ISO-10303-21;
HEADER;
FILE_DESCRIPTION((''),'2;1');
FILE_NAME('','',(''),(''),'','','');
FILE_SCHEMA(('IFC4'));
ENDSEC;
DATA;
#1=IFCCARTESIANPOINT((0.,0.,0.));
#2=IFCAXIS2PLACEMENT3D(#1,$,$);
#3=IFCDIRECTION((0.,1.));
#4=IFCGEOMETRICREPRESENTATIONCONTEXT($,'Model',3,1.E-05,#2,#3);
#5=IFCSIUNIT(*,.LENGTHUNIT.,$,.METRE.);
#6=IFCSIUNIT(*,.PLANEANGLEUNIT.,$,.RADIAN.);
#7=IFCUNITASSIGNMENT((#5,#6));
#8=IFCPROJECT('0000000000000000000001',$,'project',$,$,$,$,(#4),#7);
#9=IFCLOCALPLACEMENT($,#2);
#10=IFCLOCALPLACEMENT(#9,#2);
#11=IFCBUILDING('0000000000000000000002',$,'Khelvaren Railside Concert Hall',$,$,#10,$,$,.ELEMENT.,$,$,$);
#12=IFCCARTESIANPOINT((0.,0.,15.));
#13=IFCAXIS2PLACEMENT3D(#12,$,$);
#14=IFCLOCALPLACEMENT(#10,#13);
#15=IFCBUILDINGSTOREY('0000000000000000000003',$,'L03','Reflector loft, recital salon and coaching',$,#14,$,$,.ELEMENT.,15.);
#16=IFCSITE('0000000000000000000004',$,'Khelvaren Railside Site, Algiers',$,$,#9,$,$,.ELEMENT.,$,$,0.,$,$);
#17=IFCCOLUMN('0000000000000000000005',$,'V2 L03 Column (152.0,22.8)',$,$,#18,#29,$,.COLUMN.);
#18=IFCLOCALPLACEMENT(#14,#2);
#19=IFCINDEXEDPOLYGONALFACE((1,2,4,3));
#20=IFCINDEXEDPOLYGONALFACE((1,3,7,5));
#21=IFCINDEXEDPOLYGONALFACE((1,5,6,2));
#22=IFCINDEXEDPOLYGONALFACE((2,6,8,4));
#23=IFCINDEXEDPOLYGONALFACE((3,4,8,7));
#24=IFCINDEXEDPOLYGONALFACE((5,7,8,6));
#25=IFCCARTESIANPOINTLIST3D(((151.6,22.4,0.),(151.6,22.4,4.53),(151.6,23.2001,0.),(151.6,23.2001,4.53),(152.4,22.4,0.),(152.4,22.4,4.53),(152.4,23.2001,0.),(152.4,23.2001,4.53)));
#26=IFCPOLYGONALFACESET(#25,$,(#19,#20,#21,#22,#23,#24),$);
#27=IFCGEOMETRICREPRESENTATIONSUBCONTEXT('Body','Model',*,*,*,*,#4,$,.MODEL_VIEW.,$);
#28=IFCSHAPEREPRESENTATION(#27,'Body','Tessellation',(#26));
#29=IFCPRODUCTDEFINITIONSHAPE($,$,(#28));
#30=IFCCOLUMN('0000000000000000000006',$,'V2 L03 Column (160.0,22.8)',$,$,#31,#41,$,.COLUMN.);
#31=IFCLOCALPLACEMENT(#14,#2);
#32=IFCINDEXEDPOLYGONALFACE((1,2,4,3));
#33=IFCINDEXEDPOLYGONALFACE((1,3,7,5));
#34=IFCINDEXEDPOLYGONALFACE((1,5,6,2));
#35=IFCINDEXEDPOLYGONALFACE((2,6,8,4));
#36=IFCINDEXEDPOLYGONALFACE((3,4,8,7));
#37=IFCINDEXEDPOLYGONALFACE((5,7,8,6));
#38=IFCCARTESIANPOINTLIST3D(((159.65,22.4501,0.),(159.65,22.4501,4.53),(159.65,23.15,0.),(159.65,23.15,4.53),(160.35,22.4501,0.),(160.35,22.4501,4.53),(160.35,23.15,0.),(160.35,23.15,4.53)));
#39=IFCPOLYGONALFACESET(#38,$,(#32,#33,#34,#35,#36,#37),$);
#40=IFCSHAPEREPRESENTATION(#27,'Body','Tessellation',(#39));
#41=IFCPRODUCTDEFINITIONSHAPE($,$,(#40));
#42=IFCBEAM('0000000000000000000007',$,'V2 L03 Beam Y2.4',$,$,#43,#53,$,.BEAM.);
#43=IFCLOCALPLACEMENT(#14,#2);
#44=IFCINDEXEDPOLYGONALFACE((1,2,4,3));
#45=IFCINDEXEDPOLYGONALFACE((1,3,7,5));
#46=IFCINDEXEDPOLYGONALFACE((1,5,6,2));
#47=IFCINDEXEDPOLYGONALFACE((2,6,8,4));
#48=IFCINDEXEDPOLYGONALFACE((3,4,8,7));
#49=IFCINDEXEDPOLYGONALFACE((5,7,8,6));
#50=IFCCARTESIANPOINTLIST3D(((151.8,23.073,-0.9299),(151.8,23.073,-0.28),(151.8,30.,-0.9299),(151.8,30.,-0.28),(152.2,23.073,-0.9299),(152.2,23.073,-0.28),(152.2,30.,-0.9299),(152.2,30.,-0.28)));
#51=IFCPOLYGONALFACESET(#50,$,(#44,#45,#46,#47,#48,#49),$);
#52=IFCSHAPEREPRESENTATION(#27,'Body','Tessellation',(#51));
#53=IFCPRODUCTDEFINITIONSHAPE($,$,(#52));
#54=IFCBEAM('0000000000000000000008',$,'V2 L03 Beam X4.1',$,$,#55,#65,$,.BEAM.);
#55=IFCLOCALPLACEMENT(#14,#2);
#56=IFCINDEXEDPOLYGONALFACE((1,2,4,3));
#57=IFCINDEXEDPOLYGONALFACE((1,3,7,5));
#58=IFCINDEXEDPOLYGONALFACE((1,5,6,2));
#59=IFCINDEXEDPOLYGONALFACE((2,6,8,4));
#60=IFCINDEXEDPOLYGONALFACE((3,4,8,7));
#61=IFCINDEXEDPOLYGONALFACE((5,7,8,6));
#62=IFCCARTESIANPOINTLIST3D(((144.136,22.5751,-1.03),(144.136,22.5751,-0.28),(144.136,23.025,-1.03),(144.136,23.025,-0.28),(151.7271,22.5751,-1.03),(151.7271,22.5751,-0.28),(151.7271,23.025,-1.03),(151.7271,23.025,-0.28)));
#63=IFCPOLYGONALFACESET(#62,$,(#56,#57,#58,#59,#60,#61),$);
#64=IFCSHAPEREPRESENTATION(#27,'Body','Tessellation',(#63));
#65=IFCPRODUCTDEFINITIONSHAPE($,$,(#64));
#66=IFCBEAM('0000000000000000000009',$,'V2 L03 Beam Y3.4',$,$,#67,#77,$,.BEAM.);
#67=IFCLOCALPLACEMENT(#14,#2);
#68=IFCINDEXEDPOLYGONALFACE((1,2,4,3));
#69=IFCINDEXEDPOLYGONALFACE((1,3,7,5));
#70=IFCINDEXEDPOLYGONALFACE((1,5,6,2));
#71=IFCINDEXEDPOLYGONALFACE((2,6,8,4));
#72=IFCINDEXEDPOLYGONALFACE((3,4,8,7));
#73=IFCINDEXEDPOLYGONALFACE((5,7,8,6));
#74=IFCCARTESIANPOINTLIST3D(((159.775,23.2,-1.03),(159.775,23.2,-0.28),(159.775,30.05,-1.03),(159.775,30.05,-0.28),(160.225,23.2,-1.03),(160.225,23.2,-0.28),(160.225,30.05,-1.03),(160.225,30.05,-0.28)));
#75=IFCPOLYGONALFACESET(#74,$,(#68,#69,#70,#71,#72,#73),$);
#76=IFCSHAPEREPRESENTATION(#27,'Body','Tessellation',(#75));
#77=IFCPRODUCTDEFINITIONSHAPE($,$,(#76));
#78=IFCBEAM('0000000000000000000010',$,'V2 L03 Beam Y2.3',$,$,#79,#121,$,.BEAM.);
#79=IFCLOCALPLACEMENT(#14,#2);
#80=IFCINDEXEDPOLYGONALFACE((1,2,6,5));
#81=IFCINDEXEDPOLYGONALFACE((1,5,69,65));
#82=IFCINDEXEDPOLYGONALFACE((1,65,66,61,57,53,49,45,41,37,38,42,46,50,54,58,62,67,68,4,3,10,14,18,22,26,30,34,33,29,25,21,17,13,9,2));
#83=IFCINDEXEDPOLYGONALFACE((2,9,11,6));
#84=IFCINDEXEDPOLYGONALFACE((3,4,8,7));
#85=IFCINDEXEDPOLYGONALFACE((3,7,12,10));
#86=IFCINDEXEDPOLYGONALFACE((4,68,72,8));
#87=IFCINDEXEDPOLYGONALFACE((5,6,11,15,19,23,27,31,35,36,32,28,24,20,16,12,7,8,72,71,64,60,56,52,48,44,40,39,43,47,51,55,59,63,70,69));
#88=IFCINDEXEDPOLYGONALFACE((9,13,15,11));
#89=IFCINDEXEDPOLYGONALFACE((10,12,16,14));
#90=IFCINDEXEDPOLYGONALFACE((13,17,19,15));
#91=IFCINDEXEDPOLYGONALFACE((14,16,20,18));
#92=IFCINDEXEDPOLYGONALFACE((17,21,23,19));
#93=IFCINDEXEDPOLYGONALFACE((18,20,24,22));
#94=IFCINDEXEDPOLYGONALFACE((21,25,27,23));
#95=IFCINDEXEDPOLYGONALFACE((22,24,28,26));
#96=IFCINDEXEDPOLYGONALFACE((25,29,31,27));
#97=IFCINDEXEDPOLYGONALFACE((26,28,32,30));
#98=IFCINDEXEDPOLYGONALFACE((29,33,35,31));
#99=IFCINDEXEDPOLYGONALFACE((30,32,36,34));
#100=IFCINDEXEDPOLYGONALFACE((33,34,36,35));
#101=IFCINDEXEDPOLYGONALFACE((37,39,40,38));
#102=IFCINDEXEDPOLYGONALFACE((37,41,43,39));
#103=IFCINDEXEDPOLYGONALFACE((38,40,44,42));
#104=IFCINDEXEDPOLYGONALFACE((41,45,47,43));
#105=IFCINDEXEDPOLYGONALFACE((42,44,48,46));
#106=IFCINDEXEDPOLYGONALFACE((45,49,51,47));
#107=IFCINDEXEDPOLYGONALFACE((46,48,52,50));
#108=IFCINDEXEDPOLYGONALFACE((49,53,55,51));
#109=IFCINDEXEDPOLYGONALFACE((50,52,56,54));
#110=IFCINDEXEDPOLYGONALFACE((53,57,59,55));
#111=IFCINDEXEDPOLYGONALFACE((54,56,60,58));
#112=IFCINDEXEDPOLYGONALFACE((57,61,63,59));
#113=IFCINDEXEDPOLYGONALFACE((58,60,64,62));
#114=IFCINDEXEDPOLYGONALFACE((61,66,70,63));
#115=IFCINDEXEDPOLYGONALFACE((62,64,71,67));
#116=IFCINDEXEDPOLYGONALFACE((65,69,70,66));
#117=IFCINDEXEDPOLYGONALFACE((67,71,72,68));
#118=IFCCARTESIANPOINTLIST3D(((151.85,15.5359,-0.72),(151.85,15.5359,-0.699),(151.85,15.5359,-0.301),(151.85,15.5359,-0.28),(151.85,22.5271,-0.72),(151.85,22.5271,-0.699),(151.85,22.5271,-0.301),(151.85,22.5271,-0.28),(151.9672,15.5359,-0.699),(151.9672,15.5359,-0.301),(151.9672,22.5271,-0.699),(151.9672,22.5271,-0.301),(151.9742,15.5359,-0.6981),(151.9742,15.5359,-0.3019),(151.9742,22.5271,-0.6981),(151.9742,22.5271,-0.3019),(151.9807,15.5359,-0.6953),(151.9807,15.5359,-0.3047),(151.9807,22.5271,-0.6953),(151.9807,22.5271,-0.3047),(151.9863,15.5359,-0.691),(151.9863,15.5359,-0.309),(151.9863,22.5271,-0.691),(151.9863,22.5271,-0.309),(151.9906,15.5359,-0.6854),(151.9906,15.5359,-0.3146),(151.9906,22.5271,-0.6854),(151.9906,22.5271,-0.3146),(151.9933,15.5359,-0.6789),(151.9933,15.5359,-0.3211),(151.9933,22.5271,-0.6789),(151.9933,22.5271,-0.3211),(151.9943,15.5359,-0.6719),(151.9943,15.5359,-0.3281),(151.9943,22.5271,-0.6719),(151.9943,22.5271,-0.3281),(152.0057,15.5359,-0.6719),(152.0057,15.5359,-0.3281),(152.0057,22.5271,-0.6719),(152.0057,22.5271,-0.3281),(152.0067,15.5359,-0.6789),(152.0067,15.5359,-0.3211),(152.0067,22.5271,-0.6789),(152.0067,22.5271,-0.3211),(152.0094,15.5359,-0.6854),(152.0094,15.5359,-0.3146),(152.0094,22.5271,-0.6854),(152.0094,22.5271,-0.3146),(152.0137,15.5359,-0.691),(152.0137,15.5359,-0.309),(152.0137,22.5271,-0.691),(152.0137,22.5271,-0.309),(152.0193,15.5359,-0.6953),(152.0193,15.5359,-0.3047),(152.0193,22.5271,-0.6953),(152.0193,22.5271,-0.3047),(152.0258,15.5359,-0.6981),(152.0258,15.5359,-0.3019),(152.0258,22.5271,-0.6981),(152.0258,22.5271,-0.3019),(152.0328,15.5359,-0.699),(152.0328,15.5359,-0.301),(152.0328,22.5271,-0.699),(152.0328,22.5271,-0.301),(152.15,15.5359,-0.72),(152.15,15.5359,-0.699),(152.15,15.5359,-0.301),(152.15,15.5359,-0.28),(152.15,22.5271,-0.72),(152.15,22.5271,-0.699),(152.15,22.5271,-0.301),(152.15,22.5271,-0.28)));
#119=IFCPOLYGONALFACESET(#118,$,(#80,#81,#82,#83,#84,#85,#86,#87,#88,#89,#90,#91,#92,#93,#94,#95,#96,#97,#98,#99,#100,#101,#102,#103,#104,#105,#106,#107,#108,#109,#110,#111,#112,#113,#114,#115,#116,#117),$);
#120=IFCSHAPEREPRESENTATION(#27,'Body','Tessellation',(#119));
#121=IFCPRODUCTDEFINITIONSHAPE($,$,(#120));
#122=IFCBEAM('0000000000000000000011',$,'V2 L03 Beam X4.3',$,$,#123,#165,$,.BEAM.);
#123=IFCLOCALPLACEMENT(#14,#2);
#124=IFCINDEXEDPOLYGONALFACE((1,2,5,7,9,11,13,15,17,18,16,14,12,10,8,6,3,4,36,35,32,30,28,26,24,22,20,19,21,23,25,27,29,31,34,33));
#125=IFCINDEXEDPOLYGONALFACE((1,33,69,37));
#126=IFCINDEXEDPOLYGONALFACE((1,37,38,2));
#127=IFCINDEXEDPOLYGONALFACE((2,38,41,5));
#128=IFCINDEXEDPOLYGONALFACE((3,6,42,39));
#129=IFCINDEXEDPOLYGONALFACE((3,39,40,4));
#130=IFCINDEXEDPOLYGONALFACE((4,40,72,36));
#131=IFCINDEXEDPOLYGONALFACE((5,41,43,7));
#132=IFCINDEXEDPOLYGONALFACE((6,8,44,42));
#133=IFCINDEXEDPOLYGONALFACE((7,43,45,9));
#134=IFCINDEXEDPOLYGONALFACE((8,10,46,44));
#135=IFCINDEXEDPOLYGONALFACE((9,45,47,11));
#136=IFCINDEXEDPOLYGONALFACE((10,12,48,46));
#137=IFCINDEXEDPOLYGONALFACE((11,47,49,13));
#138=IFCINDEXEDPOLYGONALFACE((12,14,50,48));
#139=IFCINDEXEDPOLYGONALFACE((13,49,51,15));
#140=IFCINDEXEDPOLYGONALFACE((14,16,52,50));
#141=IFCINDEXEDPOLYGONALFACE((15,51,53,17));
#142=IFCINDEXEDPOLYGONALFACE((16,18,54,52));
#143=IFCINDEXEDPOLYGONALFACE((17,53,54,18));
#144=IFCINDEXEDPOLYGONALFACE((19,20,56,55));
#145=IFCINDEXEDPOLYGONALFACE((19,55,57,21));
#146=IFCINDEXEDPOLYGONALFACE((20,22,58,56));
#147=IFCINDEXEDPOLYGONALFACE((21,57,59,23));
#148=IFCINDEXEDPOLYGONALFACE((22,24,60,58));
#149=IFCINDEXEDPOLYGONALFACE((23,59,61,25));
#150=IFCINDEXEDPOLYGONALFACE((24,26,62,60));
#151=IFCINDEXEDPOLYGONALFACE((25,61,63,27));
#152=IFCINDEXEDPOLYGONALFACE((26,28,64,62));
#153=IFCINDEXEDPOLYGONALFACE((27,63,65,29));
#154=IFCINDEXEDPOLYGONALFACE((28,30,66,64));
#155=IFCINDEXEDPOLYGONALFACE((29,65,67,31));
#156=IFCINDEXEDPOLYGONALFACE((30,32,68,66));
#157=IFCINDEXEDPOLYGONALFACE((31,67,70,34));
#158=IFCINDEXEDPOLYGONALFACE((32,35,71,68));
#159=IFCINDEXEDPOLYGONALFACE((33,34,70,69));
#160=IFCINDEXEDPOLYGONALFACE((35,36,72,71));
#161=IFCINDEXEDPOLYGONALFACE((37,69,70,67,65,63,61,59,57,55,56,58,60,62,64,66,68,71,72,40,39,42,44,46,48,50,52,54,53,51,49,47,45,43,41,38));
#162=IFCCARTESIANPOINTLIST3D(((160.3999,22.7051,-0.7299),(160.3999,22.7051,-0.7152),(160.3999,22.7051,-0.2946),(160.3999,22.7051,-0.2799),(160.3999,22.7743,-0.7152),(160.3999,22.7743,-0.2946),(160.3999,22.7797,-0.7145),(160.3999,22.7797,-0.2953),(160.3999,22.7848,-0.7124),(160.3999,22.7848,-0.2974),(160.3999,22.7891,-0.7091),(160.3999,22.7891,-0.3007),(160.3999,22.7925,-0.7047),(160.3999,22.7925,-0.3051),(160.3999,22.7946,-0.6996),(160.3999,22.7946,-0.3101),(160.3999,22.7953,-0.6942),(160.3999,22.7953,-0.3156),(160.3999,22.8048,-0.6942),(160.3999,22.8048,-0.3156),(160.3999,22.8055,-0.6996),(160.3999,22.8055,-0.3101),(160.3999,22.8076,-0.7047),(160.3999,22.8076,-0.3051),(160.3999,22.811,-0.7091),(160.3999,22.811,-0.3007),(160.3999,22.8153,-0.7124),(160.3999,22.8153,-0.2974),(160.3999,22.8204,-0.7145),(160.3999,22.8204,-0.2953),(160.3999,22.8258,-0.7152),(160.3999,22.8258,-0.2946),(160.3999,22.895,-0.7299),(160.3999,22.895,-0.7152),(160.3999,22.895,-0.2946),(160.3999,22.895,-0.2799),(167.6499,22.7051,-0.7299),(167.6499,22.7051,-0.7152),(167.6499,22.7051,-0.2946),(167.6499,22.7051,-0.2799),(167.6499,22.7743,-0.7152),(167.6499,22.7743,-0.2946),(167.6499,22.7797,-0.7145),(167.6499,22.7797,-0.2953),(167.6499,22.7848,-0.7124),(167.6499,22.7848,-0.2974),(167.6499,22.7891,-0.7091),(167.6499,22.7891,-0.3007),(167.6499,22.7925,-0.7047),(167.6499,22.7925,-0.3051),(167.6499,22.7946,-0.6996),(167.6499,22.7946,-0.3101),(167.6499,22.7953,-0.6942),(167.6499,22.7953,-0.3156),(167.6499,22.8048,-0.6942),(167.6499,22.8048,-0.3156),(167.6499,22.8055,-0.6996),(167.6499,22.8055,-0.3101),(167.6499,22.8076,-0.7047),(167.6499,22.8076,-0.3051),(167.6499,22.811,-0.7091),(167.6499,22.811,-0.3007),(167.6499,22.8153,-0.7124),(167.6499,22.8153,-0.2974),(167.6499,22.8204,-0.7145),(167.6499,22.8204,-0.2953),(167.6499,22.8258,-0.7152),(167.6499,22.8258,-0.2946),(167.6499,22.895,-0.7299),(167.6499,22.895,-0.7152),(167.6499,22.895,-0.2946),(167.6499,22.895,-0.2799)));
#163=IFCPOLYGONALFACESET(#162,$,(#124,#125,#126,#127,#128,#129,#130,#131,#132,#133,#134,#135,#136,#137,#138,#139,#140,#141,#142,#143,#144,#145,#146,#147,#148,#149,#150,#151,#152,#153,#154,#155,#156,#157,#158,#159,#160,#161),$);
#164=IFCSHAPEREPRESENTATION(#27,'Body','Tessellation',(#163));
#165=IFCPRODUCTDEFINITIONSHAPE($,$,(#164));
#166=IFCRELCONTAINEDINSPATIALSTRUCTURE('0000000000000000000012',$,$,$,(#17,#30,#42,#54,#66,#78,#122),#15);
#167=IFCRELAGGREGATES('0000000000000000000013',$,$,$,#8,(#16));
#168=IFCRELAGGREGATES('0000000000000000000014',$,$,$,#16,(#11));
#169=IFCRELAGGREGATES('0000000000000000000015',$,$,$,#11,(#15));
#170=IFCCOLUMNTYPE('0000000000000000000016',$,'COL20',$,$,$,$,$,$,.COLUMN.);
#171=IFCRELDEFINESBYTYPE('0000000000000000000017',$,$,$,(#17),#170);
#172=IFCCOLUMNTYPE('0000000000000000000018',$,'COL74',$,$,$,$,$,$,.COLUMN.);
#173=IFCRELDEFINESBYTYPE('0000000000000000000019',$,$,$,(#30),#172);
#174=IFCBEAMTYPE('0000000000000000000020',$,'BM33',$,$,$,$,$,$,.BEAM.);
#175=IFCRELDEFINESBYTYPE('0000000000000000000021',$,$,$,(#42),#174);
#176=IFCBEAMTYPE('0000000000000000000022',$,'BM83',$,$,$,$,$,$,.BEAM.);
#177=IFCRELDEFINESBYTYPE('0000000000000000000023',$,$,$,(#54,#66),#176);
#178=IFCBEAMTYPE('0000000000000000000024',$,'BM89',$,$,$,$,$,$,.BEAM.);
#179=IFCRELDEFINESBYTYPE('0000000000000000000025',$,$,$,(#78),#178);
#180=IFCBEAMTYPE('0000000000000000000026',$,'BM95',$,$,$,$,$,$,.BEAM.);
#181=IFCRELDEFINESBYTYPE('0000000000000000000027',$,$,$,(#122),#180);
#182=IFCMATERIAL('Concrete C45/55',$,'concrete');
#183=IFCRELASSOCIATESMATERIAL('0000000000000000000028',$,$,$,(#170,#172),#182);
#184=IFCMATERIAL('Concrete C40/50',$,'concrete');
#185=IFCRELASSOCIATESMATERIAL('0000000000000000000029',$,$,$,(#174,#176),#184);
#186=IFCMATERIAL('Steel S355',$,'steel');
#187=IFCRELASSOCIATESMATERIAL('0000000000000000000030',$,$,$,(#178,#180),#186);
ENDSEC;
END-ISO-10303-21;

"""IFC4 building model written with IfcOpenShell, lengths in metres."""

from ifc_helpers import new_model, si_unit, direction, frame, origin, origin_2d, place, context, subcontext, project, spatial, rectangle, i_section, extrude, material, material_profile, profile_set, type_object, element, save


model = new_model("IFC4")

# Units and contexts
model_context = context("Model", 3, precision=1e-05, world=origin(), true_north=direction((0.0, 1.0)))
body_context = subcontext(model_context, "Body", "Model", "MODEL_VIEW")
ifc_project = project(units=[si_unit("LENGTHUNIT", "METRE"), si_unit("PLANEANGLEUNIT", "RADIAN")], contexts=[model_context])

# Site, building, storey
site_placement = place(None, origin())
site = spatial("IfcSite", under=ifc_project, at=site_placement, Name="Khelvaren Railside Site, Algiers", CompositionType="ELEMENT", RefElevation=0.0)
building_placement = place(site_placement, origin())
building = spatial("IfcBuilding", under=site, at=building_placement, Name="Khelvaren Railside Concert Hall", CompositionType="ELEMENT")
storey_placement = place(building_placement, frame((0.0, 0.0, 15.0)))
storey = spatial("IfcBuildingStorey", under=building, at=storey_placement, Name="L03", Description="Reflector loft, recital salon and coaching", CompositionType="ELEMENT", Elevation=15.0)

# Columns
ifc_material_1 = material(Name="Concrete C45/55", Category="concrete")
ifc_material_profile_1 = material_profile(ifc_material_1, rectangle(XDim=0.8, YDim=0.8, at=origin_2d()), Name="RC 800x800")
ifc_profile_set_1 = profile_set([ifc_material_profile_1], Name="Concrete C45/55")
column_type_1 = type_object("IfcColumnType", Name="COL20", PredefinedType="COLUMN", material=ifc_profile_set_1)
column_1_placement = place(storey_placement, frame((152.0, 22.8, 0.0), z_axis=(0.0, 0.0, 1.0), x_axis=(1.0, 0.0, 0.0)))
element("IfcColumn", 1, at=column_1_placement, inside=storey, type_object=column_type_1, Name="V2 L03 Column (152.0,22.8)", PredefinedType="COLUMN", context=body_context, shape_type="SweptSolid", body=[
    extrude(rectangle(XDim=0.8, YDim=0.8, at=origin_2d()), origin(), (0.0, 0.0, 1.0), 4.53),
])
ifc_material_profile_2 = material_profile(ifc_material_1, rectangle(XDim=0.7, YDim=0.7, at=origin_2d()), Name="RC 700x700")
ifc_profile_set_2 = profile_set([ifc_material_profile_2], Name="Concrete C45/55")
column_type_2 = type_object("IfcColumnType", Name="COL74", PredefinedType="COLUMN", material=ifc_profile_set_2)
column_2_placement = place(storey_placement, frame((160.0, 22.8, 0.0), z_axis=(0.0, 0.0, 1.0), x_axis=(1.0, 0.0, 0.0)))
element("IfcColumn", 2, at=column_2_placement, inside=storey, type_object=column_type_2, Name="V2 L03 Column (160.0,22.8)", PredefinedType="COLUMN", context=body_context, shape_type="SweptSolid", body=[
    extrude(rectangle(XDim=0.7, YDim=0.7, at=origin_2d()), origin(), (0.0, 0.0, 1.0), 4.53),
])

# Beams
ifc_material_2 = material(Name="Concrete C40/50", Category="concrete")
ifc_material_profile_3 = material_profile(ifc_material_2, rectangle(XDim=0.3999, YDim=0.6499, at=origin_2d()), Name="RCB 400x650")
ifc_profile_set_3 = profile_set([ifc_material_profile_3], Name="Concrete C40/50")
beam_type_1 = type_object("IfcBeamType", Name="BM33", PredefinedType="BEAM", material=ifc_profile_set_3)
beam_1_placement = place(storey_placement, frame((152.0, 23.073, -0.605), z_axis=(0.0, 1.0, 0.0), x_axis=(-1.0, 0.0, 0.0)))
element("IfcBeam", 3, at=beam_1_placement, inside=storey, type_object=beam_type_1, Name="V2 L03 Beam Y2.4", PredefinedType="BEAM", context=body_context, shape_type="SweptSolid", body=[
    extrude(rectangle(XDim=0.3999, YDim=0.6499, at=origin_2d()), origin(), (0.0, 0.0, 1.0), 6.927),
])
ifc_material_profile_4 = material_profile(ifc_material_2, rectangle(XDim=0.45, YDim=0.75, at=origin_2d()), Name="RCB 450x750")
ifc_profile_set_4 = profile_set([ifc_material_profile_4], Name="Concrete C40/50")
beam_type_2 = type_object("IfcBeamType", Name="BM83", PredefinedType="BEAM", material=ifc_profile_set_4)
beam_2_placement = place(storey_placement, frame((144.136, 22.8, -0.655), z_axis=(1.0, 0.0, 0.0), x_axis=(0.0, 1.0, 0.0)))
element("IfcBeam", 4, at=beam_2_placement, inside=storey, type_object=beam_type_2, Name="V2 L03 Beam X4.1", PredefinedType="BEAM", context=body_context, shape_type="SweptSolid", body=[
    extrude(rectangle(XDim=0.45, YDim=0.75, at=origin_2d()), origin(), (0.0, 0.0, 1.0), 7.5911),
])
beam_3_placement = place(storey_placement, frame((160.0, 23.2, -0.655), z_axis=(0.0, 1.0, 0.0), x_axis=(-1.0, 0.0, 0.0)))
element("IfcBeam", 5, at=beam_3_placement, inside=storey, type_object=beam_type_2, Name="V2 L03 Beam Y3.4", PredefinedType="BEAM", context=body_context, shape_type="SweptSolid", body=[
    extrude(rectangle(XDim=0.45, YDim=0.75, at=origin_2d()), origin(), (0.0, 0.0, 1.0), 6.8501),
])
ifc_material_3 = material(Name="Steel S355", Category="steel")
ifc_material_profile_5 = material_profile(ifc_material_3, i_section(OverallWidth=0.3, OverallDepth=0.4399, WebThickness=0.0115, FlangeThickness=0.021, FilletRadius=0.0271, at=origin_2d()), Name="HEA 450")
ifc_profile_set_5 = profile_set([ifc_material_profile_5], Name="Steel S355")
beam_type_3 = type_object("IfcBeamType", Name="BM89", PredefinedType="BEAM", material=ifc_profile_set_5)
beam_4_placement = place(storey_placement, frame((152.0, 15.5359, -0.5), z_axis=(0.0, 1.0, 0.0), x_axis=(-1.0, 0.0, 0.0)))
element("IfcBeam", 6, at=beam_4_placement, inside=storey, type_object=beam_type_3, Name="V2 L03 Beam Y2.3", PredefinedType="BEAM", context=body_context, shape_type="SweptSolid", body=[
    extrude(i_section(OverallWidth=0.3, OverallDepth=0.4399, WebThickness=0.0115, FlangeThickness=0.021, FilletRadius=0.0271, at=origin_2d()), origin(), (0.0, 0.0, 1.0), 6.9912),
])
ifc_material_profile_6 = material_profile(ifc_material_3, i_section(OverallWidth=0.1899, OverallDepth=0.45, WebThickness=0.0095, FlangeThickness=0.0146, FilletRadius=0.021, at=origin_2d()), Name="IPE 450")
ifc_profile_set_6 = profile_set([ifc_material_profile_6], Name="Steel S355")
beam_type_4 = type_object("IfcBeamType", Name="BM95", PredefinedType="BEAM", material=ifc_profile_set_6)
beam_5_placement = place(storey_placement, frame((160.3999, 22.8, -0.5049), z_axis=(1.0, 0.0, 0.0), x_axis=(0.0, 1.0, 0.0)))
element("IfcBeam", 7, at=beam_5_placement, inside=storey, type_object=beam_type_4, Name="V2 L03 Beam X4.3", PredefinedType="BEAM", context=body_context, shape_type="SweptSolid", body=[
    extrude(i_section(OverallWidth=0.1899, OverallDepth=0.45, WebThickness=0.0095, FlangeThickness=0.0146, FilletRadius=0.021, at=origin_2d()), origin(), (0.0, 0.0, 1.0), 7.25),
])

save(model, "model.ifc")
